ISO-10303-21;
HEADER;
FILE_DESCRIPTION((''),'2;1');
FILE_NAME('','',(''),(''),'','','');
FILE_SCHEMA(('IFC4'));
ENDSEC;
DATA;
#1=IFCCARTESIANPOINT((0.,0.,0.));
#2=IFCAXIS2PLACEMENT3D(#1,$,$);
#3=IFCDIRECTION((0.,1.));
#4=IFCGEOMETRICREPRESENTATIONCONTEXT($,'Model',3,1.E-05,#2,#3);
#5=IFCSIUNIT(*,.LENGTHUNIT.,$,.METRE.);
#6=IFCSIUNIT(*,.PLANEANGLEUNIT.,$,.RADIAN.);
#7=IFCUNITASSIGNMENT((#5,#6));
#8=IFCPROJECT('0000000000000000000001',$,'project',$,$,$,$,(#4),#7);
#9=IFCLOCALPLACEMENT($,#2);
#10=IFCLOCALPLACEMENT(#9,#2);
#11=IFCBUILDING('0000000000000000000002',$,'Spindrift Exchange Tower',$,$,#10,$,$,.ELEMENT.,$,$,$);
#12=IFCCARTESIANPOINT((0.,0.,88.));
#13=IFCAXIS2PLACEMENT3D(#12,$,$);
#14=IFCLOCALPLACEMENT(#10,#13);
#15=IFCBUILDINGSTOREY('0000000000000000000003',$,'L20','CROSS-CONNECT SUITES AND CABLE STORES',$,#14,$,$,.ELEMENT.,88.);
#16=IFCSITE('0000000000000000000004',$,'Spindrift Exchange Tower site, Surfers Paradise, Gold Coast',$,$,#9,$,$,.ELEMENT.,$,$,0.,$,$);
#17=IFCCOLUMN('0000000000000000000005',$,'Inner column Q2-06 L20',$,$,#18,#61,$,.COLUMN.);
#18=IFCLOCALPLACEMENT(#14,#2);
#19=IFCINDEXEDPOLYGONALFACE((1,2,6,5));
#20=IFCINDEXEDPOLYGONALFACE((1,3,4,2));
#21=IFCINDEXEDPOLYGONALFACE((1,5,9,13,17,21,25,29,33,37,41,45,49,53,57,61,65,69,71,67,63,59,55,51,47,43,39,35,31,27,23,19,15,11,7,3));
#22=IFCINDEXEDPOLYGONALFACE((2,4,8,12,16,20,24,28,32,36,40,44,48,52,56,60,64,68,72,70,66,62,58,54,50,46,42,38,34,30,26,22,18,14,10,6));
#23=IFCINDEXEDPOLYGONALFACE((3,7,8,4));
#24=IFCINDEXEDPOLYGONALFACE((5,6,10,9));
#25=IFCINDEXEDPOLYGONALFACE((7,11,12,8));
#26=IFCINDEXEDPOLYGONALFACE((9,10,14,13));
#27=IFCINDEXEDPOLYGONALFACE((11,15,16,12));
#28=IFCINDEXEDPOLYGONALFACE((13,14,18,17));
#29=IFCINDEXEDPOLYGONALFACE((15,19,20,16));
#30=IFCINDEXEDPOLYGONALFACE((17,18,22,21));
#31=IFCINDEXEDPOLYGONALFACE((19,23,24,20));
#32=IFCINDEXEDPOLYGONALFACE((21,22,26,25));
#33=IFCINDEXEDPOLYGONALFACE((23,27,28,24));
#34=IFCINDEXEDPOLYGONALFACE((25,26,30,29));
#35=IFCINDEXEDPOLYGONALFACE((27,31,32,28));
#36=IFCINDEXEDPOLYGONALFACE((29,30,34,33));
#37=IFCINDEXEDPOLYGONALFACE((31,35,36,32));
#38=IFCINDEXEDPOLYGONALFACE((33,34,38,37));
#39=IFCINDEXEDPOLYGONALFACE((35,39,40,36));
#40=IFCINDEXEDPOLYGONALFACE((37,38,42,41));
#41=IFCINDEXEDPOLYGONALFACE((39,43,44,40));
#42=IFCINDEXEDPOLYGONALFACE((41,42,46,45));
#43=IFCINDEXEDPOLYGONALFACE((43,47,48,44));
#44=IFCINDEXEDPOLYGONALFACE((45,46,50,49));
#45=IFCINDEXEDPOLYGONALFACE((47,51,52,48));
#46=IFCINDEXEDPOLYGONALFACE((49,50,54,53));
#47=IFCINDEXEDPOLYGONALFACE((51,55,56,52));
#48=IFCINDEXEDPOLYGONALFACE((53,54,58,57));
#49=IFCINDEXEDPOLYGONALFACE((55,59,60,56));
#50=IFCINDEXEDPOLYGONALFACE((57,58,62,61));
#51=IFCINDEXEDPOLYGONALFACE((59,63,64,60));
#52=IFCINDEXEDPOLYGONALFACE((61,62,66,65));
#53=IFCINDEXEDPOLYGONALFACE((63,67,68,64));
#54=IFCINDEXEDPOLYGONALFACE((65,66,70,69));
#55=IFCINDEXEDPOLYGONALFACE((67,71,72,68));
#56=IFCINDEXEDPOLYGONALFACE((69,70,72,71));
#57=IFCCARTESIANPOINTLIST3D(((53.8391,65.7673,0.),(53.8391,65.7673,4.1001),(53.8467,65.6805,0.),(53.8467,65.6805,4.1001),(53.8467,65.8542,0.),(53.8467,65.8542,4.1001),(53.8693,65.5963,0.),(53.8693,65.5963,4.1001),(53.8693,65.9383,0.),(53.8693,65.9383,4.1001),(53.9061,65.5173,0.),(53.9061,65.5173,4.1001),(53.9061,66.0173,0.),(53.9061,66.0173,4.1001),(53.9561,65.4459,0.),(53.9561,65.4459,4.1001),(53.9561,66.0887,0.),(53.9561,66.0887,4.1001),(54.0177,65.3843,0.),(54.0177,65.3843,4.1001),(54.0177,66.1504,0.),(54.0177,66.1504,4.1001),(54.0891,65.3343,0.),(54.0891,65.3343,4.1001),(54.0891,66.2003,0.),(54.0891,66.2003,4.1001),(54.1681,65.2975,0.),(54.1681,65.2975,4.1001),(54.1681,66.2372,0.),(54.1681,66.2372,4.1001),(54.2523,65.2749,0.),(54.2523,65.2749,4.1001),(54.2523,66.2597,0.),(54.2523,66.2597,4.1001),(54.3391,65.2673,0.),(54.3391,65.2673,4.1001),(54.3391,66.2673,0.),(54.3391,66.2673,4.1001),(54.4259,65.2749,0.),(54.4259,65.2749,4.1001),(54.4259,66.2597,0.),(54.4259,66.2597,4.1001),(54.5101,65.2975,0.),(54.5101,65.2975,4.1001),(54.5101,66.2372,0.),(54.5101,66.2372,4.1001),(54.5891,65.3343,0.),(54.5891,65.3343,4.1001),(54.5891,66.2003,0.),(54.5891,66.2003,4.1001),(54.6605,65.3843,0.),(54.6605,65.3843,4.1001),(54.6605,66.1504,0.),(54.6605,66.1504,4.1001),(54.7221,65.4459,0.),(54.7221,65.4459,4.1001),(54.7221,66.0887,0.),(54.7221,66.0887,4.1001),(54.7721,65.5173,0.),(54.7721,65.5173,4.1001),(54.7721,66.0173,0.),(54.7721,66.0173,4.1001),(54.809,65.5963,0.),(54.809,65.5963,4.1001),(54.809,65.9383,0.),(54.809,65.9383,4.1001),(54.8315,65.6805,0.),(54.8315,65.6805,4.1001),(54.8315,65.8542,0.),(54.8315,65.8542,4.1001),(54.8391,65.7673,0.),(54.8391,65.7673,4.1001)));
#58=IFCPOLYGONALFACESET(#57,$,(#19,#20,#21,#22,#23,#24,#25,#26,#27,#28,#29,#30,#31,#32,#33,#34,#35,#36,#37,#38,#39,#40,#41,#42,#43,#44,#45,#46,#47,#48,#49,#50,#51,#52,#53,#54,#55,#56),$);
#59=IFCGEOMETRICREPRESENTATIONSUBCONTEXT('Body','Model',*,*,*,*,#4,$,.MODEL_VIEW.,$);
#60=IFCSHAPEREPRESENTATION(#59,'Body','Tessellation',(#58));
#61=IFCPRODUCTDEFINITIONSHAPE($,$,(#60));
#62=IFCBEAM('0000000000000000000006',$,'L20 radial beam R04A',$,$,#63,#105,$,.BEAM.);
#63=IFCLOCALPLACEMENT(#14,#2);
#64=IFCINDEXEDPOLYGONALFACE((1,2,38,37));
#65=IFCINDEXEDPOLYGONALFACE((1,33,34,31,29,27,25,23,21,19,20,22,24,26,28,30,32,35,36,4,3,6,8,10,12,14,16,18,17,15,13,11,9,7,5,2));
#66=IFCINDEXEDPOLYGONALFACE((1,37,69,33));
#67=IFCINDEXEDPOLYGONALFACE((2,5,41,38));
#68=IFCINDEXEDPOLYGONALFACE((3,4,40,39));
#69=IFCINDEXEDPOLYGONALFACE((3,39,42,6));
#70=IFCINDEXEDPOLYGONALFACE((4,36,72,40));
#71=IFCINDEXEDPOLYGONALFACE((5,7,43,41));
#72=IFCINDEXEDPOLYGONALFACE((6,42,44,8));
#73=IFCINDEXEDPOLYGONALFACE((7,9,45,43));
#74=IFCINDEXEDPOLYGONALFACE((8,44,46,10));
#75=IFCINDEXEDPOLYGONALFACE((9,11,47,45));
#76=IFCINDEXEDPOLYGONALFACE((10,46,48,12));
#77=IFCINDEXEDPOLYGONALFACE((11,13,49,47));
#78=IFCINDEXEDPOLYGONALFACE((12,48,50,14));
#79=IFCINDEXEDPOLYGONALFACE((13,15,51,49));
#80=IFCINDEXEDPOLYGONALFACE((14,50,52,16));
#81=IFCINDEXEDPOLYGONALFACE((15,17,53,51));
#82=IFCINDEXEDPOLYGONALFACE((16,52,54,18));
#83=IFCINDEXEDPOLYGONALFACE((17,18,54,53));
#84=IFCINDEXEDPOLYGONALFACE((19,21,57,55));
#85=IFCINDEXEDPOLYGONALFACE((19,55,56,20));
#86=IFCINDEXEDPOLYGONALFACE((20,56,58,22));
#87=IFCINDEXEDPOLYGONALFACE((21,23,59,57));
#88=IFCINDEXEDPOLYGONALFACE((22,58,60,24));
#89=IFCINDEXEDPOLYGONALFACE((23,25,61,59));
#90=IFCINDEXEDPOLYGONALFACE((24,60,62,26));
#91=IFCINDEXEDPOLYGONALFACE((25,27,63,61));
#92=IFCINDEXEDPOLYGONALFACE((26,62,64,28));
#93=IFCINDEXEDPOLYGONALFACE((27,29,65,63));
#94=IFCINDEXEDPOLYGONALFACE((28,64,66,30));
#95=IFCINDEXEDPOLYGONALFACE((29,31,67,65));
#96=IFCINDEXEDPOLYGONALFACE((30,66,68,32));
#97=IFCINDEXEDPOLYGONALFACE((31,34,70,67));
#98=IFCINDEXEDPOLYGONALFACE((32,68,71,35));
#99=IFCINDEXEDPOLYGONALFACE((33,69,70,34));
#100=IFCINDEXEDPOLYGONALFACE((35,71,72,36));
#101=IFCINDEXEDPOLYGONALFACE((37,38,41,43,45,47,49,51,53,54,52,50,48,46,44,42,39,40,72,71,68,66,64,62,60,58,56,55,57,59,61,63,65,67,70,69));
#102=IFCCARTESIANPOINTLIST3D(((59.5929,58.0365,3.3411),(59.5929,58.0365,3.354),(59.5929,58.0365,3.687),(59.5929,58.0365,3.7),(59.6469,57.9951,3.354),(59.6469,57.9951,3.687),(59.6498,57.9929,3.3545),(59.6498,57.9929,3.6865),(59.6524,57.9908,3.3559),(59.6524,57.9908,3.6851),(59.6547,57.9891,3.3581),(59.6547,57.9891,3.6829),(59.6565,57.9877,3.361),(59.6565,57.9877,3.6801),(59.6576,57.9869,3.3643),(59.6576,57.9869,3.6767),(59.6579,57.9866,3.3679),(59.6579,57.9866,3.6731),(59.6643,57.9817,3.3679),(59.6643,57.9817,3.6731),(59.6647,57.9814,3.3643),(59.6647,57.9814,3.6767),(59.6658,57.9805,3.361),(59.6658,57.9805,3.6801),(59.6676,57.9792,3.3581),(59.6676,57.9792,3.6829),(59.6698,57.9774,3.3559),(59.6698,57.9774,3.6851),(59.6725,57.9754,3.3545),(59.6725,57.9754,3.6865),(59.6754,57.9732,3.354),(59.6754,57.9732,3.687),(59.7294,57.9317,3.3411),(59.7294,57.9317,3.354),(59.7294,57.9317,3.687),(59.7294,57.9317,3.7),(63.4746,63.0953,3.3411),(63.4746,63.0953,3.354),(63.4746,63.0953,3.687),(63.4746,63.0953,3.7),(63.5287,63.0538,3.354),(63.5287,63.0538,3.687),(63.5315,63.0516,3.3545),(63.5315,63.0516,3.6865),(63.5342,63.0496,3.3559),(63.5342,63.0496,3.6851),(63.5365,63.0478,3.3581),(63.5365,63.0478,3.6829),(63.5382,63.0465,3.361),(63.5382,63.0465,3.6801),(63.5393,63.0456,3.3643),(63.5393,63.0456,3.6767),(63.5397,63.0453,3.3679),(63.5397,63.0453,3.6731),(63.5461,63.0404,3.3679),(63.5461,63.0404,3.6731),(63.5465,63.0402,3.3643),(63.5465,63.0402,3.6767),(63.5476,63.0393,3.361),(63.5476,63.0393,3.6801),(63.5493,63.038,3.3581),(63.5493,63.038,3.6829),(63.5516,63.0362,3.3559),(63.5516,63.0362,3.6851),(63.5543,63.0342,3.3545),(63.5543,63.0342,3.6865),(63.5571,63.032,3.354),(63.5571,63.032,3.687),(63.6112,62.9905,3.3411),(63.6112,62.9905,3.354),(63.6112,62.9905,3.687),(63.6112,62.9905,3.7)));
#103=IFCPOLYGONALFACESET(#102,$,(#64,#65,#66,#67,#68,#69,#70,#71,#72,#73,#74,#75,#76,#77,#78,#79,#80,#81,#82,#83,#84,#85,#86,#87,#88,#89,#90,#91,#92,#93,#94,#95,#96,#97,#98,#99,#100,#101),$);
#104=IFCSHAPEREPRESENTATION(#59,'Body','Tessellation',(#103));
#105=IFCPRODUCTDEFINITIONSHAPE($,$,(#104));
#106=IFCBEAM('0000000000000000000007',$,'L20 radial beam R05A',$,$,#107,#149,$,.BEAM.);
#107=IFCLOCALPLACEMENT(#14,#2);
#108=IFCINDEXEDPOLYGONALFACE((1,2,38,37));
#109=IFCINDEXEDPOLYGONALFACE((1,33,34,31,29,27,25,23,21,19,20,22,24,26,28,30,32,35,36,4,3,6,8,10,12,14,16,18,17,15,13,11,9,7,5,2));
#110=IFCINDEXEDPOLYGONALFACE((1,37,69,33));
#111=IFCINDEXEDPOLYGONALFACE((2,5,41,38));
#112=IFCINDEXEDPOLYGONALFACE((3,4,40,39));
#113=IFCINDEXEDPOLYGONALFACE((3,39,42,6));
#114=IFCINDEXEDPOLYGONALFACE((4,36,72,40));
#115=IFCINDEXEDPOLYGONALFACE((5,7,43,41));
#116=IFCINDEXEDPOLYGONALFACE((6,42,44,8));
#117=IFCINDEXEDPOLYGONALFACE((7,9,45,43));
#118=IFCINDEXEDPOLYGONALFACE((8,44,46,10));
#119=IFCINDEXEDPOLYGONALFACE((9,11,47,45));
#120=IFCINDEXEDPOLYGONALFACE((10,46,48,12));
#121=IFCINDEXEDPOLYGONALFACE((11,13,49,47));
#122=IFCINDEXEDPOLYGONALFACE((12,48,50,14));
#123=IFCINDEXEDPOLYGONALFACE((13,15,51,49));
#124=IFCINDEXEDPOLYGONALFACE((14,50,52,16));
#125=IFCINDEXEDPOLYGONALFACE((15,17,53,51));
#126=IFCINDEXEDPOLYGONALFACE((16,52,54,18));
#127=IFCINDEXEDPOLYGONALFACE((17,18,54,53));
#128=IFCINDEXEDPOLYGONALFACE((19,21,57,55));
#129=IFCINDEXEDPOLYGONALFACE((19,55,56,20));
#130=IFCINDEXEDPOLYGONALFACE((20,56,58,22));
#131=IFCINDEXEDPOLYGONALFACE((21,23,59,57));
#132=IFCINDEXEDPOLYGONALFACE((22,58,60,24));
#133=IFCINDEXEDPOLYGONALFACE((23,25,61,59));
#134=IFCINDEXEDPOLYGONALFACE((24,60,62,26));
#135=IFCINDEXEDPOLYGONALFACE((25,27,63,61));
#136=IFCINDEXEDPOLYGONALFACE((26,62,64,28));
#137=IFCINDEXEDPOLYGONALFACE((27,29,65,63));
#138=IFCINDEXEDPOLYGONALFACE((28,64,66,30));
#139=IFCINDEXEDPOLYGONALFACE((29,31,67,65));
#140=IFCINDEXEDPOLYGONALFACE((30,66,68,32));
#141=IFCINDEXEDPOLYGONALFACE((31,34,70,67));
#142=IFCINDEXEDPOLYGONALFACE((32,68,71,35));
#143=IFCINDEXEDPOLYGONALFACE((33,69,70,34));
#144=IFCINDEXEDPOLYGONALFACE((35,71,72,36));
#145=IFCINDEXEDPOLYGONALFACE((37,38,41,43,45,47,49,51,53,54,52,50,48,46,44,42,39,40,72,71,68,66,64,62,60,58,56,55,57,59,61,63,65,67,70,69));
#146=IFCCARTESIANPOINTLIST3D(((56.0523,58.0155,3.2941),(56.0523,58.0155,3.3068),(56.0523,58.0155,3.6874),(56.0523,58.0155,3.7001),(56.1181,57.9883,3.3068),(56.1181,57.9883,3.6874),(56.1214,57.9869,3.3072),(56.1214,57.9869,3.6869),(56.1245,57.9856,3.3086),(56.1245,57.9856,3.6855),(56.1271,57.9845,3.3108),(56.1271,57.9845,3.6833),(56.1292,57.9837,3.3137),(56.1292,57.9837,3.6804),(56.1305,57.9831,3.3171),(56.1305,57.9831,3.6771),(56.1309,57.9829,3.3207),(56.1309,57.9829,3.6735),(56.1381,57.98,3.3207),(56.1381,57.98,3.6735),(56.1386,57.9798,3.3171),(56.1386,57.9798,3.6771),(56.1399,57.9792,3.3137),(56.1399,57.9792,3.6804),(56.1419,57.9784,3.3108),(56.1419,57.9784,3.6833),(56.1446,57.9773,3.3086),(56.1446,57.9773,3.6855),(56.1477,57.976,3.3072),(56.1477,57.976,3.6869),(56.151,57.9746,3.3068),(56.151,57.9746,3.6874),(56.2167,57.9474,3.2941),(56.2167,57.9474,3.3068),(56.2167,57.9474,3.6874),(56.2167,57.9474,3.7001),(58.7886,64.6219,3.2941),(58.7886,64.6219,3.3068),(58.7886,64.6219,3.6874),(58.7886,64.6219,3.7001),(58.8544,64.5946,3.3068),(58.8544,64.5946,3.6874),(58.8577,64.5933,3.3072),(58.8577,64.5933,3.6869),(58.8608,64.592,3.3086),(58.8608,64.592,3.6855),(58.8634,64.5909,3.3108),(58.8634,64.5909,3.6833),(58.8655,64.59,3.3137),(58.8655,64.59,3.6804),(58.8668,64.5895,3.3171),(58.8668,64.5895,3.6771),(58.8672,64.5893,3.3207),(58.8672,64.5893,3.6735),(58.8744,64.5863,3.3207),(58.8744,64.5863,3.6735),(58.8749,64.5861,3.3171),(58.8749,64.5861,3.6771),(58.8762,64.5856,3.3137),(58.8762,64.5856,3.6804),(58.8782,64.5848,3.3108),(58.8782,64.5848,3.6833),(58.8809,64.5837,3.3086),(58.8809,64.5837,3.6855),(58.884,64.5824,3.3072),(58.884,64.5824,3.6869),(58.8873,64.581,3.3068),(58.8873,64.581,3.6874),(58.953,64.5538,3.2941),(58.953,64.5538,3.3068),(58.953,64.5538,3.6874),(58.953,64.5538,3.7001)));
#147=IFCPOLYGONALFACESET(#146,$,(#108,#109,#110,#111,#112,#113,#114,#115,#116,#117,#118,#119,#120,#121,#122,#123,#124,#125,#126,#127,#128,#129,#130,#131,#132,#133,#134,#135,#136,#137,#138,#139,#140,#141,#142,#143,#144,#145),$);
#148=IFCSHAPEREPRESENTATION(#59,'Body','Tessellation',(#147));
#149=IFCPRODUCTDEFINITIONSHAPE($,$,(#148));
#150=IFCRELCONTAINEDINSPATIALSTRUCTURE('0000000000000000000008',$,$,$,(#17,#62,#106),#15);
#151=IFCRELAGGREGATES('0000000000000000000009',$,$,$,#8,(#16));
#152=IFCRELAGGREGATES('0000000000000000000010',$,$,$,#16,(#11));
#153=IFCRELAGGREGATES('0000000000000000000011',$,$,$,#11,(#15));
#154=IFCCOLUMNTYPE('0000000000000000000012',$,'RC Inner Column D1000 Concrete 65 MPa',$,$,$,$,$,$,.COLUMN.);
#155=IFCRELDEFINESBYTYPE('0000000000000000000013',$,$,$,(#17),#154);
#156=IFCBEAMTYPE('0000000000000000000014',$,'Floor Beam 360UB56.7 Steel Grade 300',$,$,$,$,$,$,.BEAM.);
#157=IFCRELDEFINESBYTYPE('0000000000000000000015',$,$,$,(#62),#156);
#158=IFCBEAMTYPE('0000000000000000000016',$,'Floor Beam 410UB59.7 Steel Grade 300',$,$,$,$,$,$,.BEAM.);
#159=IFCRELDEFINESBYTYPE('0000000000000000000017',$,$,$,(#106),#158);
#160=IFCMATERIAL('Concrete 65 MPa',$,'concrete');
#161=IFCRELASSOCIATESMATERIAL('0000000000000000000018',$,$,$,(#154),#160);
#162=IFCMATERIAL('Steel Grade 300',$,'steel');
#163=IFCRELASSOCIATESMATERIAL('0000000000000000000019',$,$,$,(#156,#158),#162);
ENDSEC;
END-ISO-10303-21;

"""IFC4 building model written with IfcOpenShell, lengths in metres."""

from ifc_helpers import new_model, si_unit, direction, frame, origin, origin_2d, place, context, subcontext, project, spatial, circle, i_section, extrude, source, transform, mapped, material, material_profile, profile_set, type_object, element, save


model = new_model("IFC4")

# Units and contexts
model_context = context("Model", 3, precision=1e-05, world=origin(), true_north=direction((0.0, 1.0)))
body_context = subcontext(model_context, "Body", "Model", "MODEL_VIEW")
ifc_project = project(units=[si_unit("LENGTHUNIT", "METRE"), si_unit("PLANEANGLEUNIT", "RADIAN")], contexts=[model_context])

# Site, building, storey
site_placement = place(None, origin())
site = spatial("IfcSite", under=ifc_project, at=site_placement, Name="Spindrift Exchange Tower site, Surfers Paradise, Gold Coast", CompositionType="ELEMENT", RefElevation=0.0)
building_placement = place(site_placement, origin())
building = spatial("IfcBuilding", under=site, at=building_placement, Name="Spindrift Exchange Tower", CompositionType="ELEMENT")
storey_placement = place(building_placement, frame((0.0, 0.0, 88.0)))
storey = spatial("IfcBuildingStorey", under=building, at=storey_placement, Name="L20", Description="CROSS-CONNECT SUITES AND CABLE STORES", CompositionType="ELEMENT", Elevation=88.0)

# Column
ifc_material_1 = material(Name="Concrete 65 MPa", Category="concrete")
ifc_material_profile_1 = material_profile(ifc_material_1, circle(Radius=0.5, at=origin_2d()), Name="RC D1000")
ifc_profile_set_1 = profile_set([ifc_material_profile_1], Name="Concrete 65 MPa")
column_type_1 = type_object("IfcColumnType", Name="RC Inner Column D1000 Concrete 65 MPa", PredefinedType="COLUMN", material=ifc_profile_set_1)
shared_shape_1 = source(origin(), body_context, "Body", "SweptSolid", [
    extrude(circle(Radius=0.5, at=origin_2d()), origin(), (0.0, 0.0, 1.0), 4.1001),
])
for number, where, z_axis, x_axis, name in (
    (1, (54.3391, 65.7673, 0.0), (0.0, 0.0, 1.0), (1.0, 0.0, 0.0), "Inner column Q2-06 L20"),
):
    element("IfcColumn", number, at=place(storey_placement, frame(where, z_axis=z_axis, x_axis=x_axis)), inside=storey, type_object=column_type_1, Name=name, PredefinedType="COLUMN", context=body_context, shape_type="MappedRepresentation", body=[
        mapped(shared_shape_1, transform((0.0, 0.0, 0.0), scale=1.0)),
    ])

# Beams
ifc_material_2 = material(Name="Steel Grade 300", Category="steel")
ifc_material_profile_2 = material_profile(ifc_material_2, i_section(OverallWidth=0.1721, OverallDepth=0.3589, WebThickness=0.0081, FlangeThickness=0.0129, FilletRadius=0.0139, at=origin_2d()), Name="360UB56.7")
ifc_profile_set_2 = profile_set([ifc_material_profile_2], Name="Steel Grade 300")
beam_type_1 = type_object("IfcBeamType", Name="Floor Beam 360UB56.7 Steel Grade 300", PredefinedType="BEAM", material=ifc_profile_set_2)
shared_shape_2 = source(origin(), body_context, "Body", "SweptSolid", [
    extrude(i_section(OverallWidth=0.1721, OverallDepth=0.3589, WebThickness=0.0081, FlangeThickness=0.0129, FilletRadius=0.0139, at=origin_2d()), origin(), (0.0, 0.0, 1.0), 6.3765),
])
beam_1_placement = place(storey_placement, frame((59.6611, 57.9841, 3.5205), z_axis=(0.608767, 0.793349, 0.0), x_axis=(-0.793349, 0.608767, 0.0)))
element("IfcBeam", 2, at=beam_1_placement, inside=storey, type_object=beam_type_1, Name="L20 radial beam R04A", PredefinedType="BEAM", context=body_context, shape_type="MappedRepresentation", body=[
    mapped(shared_shape_2, transform((0.0, 0.0, 0.0), scale=1.0)),
])
ifc_material_profile_3 = material_profile(ifc_material_2, i_section(OverallWidth=0.178, OverallDepth=0.406, WebThickness=0.0078, FlangeThickness=0.0127, FilletRadius=0.0139, at=origin_2d()), Name="410UB59.7")
ifc_profile_set_3 = profile_set([ifc_material_profile_3], Name="Steel Grade 300")
beam_type_2 = type_object("IfcBeamType", Name="Floor Beam 410UB59.7 Steel Grade 300", PredefinedType="BEAM", material=ifc_profile_set_3)
shared_shape_3 = source(origin(), body_context, "Body", "SweptSolid", [
    extrude(i_section(OverallWidth=0.178, OverallDepth=0.406, WebThickness=0.0078, FlangeThickness=0.0127, FilletRadius=0.0139, at=origin_2d()), origin(), (0.0, 0.0, 1.0), 7.1506),
])
beam_2_placement = place(storey_placement, frame((56.1345, 57.9814, 3.4971), z_axis=(0.382665, 0.923887, 0.0), x_axis=(-0.923887, 0.382665, 0.0)))
element("IfcBeam", 3, at=beam_2_placement, inside=storey, type_object=beam_type_2, Name="L20 radial beam R05A", PredefinedType="BEAM", context=body_context, shape_type="MappedRepresentation", body=[
    mapped(shared_shape_3, transform((0.0, 0.0, 0.0), scale=1.0)),
])

save(model, "model.ifc")
